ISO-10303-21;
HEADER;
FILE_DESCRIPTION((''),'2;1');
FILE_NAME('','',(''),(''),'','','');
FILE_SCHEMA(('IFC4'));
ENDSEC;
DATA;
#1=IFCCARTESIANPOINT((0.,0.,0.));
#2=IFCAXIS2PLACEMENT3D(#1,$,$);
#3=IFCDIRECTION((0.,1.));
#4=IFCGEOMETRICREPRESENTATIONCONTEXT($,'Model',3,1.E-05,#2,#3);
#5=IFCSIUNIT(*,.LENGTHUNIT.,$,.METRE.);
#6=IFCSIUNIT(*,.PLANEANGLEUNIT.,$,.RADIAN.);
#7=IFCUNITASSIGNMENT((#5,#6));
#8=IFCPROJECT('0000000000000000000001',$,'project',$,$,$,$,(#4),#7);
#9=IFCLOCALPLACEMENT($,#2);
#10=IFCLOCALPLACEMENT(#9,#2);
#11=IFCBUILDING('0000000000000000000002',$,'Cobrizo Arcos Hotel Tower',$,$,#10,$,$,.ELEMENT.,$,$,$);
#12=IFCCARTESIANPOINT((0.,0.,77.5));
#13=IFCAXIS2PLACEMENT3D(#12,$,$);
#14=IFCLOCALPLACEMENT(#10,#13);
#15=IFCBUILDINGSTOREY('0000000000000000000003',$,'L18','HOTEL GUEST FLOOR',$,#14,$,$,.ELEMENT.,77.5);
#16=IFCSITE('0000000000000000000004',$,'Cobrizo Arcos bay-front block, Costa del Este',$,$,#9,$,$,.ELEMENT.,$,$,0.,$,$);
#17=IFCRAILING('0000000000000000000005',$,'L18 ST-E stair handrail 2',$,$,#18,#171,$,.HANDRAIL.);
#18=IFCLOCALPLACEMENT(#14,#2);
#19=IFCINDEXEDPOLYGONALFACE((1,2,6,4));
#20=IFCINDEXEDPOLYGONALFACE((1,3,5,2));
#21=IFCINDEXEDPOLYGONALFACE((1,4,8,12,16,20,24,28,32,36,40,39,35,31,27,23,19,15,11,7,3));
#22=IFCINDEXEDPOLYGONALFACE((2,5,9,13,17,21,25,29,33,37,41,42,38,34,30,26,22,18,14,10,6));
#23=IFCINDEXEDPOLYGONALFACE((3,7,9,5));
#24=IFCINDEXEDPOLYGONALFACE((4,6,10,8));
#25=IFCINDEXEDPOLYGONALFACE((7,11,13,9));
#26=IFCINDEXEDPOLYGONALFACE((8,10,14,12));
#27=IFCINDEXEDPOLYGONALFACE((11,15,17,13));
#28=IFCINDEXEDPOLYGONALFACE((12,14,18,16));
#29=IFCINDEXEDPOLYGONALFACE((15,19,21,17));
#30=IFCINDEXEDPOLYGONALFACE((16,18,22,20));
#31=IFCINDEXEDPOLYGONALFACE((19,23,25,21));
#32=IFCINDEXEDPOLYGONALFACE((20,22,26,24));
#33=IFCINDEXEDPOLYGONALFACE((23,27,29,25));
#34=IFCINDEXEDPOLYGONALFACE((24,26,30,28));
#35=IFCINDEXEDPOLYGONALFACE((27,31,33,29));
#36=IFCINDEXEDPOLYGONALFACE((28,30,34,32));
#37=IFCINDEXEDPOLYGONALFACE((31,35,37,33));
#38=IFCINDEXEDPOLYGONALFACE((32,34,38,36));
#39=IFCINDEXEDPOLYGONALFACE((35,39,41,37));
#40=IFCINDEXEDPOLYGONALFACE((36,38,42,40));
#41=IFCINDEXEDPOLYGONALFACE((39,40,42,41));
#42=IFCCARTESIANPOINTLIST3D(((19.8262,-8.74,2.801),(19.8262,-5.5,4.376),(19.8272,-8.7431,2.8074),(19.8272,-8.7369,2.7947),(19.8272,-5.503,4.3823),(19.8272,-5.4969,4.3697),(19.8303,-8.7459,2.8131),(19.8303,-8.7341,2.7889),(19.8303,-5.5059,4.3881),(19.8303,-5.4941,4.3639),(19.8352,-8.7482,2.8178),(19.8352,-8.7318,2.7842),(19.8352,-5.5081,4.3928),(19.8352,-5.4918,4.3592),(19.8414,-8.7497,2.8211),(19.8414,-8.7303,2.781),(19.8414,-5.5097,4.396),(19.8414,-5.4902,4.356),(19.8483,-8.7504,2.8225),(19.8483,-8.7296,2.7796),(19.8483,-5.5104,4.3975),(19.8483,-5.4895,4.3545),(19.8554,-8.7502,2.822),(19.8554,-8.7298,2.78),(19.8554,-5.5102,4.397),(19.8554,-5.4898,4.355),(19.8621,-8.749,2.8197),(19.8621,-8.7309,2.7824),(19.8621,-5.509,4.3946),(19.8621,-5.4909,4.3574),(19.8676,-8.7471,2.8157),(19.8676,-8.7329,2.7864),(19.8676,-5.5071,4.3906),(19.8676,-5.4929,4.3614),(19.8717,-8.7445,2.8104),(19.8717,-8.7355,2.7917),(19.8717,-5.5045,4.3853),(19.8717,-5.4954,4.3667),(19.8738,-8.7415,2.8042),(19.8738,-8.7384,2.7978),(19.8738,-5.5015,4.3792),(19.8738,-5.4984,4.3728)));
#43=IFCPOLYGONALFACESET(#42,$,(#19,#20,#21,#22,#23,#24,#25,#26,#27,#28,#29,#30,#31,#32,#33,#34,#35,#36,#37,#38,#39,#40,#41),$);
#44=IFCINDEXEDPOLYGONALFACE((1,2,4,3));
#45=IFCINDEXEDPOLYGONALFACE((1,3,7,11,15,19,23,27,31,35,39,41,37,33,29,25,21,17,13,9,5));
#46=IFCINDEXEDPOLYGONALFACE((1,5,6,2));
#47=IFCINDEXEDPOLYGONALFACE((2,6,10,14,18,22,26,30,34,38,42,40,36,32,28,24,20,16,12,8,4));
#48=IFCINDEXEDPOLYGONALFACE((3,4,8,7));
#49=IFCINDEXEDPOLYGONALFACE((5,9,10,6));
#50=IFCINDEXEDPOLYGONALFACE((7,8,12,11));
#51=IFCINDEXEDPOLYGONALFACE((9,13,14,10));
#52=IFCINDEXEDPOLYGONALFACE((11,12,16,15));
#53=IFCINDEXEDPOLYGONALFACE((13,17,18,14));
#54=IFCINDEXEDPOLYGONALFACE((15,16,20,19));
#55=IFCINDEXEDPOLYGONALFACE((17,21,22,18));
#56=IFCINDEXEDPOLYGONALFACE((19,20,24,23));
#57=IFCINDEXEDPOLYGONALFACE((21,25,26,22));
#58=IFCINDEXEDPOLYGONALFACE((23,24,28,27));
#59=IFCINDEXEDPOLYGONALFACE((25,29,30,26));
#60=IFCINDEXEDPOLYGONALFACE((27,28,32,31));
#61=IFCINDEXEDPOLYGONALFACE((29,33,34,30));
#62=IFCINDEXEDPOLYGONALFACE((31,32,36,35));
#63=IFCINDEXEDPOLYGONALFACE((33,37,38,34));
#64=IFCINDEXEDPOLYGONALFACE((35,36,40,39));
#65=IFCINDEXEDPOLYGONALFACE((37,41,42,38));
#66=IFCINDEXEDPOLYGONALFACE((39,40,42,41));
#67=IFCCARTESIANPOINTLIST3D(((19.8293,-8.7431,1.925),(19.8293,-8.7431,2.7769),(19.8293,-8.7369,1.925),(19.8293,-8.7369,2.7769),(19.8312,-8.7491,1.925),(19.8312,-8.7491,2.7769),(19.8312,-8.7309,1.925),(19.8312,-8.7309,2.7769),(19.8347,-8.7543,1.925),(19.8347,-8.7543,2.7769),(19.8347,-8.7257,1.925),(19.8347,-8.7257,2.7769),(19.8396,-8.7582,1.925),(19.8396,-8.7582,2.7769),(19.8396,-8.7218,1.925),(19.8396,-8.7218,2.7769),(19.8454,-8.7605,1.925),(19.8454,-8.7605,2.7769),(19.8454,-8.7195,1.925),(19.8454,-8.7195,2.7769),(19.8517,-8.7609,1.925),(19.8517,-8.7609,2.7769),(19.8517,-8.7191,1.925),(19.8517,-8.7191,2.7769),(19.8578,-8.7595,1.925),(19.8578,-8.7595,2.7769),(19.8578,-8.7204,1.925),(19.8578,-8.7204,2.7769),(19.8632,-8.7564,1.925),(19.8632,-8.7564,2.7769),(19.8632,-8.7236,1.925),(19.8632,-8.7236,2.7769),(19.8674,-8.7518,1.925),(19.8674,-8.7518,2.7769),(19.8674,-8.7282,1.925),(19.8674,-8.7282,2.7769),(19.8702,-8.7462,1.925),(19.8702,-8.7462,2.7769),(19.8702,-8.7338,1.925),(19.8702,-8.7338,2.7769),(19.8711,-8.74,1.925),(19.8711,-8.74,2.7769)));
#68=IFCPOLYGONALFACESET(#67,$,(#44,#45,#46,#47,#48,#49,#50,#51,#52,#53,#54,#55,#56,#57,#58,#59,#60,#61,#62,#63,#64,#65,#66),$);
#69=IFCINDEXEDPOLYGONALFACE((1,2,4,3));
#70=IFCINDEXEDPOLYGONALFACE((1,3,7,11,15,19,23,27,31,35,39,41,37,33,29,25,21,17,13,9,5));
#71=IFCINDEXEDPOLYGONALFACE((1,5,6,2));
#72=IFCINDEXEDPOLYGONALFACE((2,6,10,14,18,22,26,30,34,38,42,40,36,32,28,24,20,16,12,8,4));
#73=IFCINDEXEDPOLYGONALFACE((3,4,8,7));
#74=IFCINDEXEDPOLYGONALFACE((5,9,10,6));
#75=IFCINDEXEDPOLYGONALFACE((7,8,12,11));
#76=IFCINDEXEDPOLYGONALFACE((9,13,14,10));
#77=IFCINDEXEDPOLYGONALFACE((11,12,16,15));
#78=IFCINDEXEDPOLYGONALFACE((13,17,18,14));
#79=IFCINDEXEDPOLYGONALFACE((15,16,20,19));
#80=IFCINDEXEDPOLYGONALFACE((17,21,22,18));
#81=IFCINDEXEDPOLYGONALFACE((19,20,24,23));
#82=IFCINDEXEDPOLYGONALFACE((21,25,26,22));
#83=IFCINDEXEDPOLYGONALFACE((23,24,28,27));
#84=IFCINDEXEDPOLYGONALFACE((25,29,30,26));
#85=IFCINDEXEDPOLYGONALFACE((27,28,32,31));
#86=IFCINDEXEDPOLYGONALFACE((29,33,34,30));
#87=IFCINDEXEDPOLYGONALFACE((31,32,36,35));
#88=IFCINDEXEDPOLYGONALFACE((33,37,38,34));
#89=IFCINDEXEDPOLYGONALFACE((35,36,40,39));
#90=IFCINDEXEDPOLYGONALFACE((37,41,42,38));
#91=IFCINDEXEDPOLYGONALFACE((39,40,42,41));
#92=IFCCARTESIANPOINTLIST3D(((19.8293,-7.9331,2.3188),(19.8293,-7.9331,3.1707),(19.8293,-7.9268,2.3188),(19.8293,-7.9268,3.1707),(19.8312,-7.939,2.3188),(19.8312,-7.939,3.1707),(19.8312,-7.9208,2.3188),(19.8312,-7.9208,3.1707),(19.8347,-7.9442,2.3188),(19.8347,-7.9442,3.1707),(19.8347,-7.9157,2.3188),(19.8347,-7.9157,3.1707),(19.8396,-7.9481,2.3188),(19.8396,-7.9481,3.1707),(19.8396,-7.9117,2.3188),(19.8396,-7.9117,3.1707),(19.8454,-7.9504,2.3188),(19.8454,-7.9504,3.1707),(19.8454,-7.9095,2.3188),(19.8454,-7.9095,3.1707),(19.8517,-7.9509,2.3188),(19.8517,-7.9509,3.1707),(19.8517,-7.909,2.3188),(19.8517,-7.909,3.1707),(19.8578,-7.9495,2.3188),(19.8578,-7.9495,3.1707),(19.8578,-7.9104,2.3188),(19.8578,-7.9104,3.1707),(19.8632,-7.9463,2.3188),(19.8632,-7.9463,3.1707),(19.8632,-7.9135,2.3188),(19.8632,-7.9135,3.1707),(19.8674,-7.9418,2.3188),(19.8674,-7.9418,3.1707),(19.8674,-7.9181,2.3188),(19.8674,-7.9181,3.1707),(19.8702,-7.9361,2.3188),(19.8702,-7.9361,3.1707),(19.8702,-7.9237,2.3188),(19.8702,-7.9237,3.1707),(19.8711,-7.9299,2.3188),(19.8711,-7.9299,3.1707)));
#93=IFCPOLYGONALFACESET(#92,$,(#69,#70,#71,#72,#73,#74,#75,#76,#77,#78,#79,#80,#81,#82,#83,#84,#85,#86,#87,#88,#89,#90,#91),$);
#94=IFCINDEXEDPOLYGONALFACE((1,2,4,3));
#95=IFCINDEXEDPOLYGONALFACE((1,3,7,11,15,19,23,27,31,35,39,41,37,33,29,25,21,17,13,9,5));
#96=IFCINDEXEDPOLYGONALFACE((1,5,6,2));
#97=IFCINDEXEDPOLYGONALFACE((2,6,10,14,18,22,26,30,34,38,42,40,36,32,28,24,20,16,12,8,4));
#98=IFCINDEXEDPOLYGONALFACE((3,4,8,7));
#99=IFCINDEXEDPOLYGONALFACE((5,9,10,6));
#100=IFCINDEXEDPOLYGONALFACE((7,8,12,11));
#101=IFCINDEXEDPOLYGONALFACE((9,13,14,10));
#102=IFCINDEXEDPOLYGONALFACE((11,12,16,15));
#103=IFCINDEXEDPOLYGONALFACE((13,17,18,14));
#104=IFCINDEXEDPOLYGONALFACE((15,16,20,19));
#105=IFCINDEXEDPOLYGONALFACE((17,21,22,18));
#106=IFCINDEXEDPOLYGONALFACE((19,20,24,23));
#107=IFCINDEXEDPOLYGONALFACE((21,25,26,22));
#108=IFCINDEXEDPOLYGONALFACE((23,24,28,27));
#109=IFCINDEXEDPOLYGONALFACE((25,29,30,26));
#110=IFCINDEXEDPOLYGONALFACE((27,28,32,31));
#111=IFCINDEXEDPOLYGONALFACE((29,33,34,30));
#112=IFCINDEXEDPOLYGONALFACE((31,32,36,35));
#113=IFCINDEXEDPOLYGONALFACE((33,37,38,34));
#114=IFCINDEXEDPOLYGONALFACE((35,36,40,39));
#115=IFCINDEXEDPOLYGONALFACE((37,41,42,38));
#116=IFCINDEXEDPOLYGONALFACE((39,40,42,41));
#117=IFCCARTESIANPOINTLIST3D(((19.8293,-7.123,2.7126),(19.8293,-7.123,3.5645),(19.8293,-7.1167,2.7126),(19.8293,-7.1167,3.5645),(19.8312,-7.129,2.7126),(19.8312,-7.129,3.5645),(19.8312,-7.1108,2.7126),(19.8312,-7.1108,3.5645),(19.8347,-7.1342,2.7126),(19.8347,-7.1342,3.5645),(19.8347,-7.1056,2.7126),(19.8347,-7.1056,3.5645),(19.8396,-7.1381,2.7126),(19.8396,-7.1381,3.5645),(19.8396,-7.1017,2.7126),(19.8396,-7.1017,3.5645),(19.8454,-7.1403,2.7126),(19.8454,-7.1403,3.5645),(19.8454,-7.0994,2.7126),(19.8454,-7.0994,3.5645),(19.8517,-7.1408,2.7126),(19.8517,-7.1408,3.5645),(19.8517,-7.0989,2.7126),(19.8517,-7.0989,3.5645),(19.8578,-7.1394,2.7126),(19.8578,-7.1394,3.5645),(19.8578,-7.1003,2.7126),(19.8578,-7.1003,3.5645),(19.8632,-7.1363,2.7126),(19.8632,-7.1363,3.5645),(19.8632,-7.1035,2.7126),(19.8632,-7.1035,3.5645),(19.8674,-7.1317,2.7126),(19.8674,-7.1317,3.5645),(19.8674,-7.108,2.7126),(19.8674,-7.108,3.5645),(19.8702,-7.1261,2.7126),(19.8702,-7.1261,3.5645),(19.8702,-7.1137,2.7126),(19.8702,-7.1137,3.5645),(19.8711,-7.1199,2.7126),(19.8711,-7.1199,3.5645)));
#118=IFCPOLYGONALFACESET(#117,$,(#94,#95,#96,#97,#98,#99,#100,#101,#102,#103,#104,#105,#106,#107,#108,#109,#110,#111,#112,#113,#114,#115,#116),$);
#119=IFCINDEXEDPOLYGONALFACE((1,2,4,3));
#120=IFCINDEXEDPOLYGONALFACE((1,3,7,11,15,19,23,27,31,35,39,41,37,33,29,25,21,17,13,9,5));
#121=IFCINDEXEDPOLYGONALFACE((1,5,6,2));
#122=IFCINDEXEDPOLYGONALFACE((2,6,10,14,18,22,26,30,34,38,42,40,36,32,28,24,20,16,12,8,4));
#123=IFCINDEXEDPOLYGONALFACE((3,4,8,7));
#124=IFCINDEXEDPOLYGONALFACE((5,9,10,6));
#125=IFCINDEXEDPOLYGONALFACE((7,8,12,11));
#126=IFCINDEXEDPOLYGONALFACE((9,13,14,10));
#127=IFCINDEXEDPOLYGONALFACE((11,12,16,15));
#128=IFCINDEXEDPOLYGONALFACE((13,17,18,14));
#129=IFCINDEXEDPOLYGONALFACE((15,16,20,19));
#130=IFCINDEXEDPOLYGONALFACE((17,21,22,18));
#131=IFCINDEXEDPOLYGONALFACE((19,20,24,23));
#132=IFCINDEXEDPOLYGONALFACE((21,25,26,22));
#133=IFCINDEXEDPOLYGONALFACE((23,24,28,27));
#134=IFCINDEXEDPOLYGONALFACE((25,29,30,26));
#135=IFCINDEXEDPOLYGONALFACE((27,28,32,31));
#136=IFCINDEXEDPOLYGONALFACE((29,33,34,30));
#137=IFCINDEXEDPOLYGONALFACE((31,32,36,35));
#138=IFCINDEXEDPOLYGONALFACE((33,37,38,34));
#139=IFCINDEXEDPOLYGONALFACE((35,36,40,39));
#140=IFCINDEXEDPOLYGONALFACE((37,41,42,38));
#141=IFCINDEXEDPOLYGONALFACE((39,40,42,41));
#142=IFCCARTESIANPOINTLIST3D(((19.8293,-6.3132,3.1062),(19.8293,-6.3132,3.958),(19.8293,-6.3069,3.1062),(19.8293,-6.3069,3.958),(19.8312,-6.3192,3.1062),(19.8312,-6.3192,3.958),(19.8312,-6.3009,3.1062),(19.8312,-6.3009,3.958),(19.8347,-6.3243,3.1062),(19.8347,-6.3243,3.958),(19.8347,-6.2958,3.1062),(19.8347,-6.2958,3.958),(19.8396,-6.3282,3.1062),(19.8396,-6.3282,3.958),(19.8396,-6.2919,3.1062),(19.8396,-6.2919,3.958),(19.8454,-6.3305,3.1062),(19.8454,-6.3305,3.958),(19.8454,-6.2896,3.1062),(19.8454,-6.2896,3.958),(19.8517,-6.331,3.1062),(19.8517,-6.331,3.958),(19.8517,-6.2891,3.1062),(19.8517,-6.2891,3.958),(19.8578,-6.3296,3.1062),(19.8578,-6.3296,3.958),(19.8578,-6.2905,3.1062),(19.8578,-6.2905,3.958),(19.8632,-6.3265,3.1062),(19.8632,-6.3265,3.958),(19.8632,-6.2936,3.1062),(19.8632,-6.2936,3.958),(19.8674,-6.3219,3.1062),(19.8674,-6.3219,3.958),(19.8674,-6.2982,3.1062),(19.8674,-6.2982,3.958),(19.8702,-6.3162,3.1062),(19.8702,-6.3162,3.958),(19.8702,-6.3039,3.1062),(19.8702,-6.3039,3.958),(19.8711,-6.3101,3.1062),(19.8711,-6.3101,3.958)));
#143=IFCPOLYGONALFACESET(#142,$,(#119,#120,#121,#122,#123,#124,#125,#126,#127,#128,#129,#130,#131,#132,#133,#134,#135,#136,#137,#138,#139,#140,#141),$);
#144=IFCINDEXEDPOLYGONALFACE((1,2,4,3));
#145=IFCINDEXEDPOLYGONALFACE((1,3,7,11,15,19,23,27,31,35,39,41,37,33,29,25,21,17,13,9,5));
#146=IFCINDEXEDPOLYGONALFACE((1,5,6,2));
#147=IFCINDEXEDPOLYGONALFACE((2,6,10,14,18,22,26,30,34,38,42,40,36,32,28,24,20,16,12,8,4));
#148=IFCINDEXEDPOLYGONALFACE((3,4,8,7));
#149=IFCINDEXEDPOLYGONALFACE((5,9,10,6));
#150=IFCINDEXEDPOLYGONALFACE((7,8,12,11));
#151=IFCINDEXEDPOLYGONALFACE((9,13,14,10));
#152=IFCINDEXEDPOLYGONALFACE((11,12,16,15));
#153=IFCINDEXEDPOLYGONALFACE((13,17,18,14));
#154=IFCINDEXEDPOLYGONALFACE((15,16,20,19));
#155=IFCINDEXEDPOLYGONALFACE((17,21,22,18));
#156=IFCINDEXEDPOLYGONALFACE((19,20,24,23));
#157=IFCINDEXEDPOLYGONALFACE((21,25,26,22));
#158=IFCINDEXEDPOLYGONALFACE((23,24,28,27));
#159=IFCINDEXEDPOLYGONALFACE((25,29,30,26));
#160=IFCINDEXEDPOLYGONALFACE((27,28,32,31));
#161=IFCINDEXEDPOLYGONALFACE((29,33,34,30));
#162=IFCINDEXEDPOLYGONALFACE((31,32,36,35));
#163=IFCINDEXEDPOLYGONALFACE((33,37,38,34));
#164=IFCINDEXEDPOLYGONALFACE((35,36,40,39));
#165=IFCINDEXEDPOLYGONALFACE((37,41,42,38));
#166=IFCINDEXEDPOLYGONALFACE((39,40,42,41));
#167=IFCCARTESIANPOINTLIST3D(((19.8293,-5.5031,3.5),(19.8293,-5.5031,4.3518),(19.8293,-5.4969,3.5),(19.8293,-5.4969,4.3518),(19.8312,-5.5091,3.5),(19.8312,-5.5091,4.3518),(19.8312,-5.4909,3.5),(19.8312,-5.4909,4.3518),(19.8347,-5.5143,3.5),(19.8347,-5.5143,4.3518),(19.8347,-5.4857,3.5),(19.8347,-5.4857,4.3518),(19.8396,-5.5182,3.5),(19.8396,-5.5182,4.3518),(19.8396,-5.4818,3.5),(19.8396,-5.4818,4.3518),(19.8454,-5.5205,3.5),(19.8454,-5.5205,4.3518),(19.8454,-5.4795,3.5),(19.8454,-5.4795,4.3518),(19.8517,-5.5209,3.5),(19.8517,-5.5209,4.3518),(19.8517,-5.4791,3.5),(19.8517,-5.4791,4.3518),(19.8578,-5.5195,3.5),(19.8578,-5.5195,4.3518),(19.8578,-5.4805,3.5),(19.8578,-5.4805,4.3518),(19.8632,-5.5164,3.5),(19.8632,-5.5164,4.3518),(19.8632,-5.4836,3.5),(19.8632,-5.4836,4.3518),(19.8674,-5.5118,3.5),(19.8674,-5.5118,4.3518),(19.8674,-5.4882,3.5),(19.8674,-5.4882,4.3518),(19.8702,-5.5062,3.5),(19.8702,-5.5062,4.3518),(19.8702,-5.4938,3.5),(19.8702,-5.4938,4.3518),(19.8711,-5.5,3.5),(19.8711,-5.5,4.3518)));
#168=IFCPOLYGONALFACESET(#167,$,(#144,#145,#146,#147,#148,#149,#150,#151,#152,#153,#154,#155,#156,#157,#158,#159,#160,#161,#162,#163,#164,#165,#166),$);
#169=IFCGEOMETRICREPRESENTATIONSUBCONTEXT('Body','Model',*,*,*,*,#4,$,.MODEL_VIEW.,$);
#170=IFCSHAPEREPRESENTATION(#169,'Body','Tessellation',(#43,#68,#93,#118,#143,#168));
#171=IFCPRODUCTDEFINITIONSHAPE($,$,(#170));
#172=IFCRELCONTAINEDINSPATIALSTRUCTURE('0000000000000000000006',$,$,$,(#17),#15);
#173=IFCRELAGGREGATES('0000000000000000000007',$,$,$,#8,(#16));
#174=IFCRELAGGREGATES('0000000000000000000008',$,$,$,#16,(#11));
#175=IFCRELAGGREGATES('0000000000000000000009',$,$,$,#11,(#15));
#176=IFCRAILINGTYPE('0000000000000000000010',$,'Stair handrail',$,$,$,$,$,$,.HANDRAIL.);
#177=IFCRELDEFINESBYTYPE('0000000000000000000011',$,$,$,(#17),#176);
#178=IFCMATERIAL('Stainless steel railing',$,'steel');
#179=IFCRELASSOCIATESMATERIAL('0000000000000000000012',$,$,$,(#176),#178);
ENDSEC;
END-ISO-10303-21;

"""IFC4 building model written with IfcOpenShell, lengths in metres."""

from ifc_helpers import new_model, si_unit, direction, frame, origin, origin_2d, place, context, subcontext, project, spatial, circle, extrude, material, type_object, element, save


model = new_model("IFC4")

# Units and contexts
model_context = context("Model", 3, precision=1e-05, world=origin(), true_north=direction((0.0, 1.0)))
body_context = subcontext(model_context, "Body", "Model", "MODEL_VIEW")
ifc_project = project(units=[si_unit("LENGTHUNIT", "METRE"), si_unit("PLANEANGLEUNIT", "RADIAN")], contexts=[model_context])

# Site, building, storey
site_placement = place(None, origin())
site = spatial("IfcSite", under=ifc_project, at=site_placement, Name="Cobrizo Arcos bay-front block, Costa del Este", CompositionType="ELEMENT", RefElevation=0.0)
building_placement = place(site_placement, origin())
building = spatial("IfcBuilding", under=site, at=building_placement, Name="Cobrizo Arcos Hotel Tower", CompositionType="ELEMENT")
storey_placement = place(building_placement, frame((0.0, 0.0, 77.5)))
storey = spatial("IfcBuildingStorey", under=building, at=storey_placement, Name="L18", Description="HOTEL GUEST FLOOR", CompositionType="ELEMENT", Elevation=77.5)

# Railing
ifc_material_1 = material(Name="Stainless steel railing", Category="steel")
railing_type_1 = type_object("IfcRailingType", Name="Stair handrail", PredefinedType="HANDRAIL", material=ifc_material_1)
railing_1_placement = place(storey_placement, frame((19.8501, -8.74, 1.925)))
element("IfcRailing", 1, at=railing_1_placement, inside=storey, type_object=railing_type_1, Name="L18 ST-E stair handrail 2", PredefinedType="HANDRAIL", context=body_context, shape_type="SweptSolid", body=[
    extrude(circle(Radius=0.0239, at=origin_2d()), frame((0.0, 0.0, 0.876), z_axis=(0.0, 0.899373, 0.437183), x_axis=(-1.0, 0.0, 0.0)), (0.0, 0.0, 1.0), 3.6025),
    extrude(circle(Radius=0.021, at=origin_2d()), origin(), (0.0, 0.0, 1.0), 0.8518),
    extrude(circle(Radius=0.021, at=origin_2d()), frame((0.0, 0.8101, 0.3938)), (0.0, 0.0, 1.0), 0.8518),
    extrude(circle(Radius=0.021, at=origin_2d()), frame((0.0, 1.6201, 0.7876)), (0.0, 0.0, 1.0), 0.8518),
    extrude(circle(Radius=0.021, at=origin_2d()), frame((0.0, 2.4299, 1.1812)), (0.0, 0.0, 1.0), 0.8518),
    extrude(circle(Radius=0.021, at=origin_2d()), frame((0.0, 3.24, 1.575)), (0.0, 0.0, 1.0), 0.8518),
])

save(model, "model.ifc")
